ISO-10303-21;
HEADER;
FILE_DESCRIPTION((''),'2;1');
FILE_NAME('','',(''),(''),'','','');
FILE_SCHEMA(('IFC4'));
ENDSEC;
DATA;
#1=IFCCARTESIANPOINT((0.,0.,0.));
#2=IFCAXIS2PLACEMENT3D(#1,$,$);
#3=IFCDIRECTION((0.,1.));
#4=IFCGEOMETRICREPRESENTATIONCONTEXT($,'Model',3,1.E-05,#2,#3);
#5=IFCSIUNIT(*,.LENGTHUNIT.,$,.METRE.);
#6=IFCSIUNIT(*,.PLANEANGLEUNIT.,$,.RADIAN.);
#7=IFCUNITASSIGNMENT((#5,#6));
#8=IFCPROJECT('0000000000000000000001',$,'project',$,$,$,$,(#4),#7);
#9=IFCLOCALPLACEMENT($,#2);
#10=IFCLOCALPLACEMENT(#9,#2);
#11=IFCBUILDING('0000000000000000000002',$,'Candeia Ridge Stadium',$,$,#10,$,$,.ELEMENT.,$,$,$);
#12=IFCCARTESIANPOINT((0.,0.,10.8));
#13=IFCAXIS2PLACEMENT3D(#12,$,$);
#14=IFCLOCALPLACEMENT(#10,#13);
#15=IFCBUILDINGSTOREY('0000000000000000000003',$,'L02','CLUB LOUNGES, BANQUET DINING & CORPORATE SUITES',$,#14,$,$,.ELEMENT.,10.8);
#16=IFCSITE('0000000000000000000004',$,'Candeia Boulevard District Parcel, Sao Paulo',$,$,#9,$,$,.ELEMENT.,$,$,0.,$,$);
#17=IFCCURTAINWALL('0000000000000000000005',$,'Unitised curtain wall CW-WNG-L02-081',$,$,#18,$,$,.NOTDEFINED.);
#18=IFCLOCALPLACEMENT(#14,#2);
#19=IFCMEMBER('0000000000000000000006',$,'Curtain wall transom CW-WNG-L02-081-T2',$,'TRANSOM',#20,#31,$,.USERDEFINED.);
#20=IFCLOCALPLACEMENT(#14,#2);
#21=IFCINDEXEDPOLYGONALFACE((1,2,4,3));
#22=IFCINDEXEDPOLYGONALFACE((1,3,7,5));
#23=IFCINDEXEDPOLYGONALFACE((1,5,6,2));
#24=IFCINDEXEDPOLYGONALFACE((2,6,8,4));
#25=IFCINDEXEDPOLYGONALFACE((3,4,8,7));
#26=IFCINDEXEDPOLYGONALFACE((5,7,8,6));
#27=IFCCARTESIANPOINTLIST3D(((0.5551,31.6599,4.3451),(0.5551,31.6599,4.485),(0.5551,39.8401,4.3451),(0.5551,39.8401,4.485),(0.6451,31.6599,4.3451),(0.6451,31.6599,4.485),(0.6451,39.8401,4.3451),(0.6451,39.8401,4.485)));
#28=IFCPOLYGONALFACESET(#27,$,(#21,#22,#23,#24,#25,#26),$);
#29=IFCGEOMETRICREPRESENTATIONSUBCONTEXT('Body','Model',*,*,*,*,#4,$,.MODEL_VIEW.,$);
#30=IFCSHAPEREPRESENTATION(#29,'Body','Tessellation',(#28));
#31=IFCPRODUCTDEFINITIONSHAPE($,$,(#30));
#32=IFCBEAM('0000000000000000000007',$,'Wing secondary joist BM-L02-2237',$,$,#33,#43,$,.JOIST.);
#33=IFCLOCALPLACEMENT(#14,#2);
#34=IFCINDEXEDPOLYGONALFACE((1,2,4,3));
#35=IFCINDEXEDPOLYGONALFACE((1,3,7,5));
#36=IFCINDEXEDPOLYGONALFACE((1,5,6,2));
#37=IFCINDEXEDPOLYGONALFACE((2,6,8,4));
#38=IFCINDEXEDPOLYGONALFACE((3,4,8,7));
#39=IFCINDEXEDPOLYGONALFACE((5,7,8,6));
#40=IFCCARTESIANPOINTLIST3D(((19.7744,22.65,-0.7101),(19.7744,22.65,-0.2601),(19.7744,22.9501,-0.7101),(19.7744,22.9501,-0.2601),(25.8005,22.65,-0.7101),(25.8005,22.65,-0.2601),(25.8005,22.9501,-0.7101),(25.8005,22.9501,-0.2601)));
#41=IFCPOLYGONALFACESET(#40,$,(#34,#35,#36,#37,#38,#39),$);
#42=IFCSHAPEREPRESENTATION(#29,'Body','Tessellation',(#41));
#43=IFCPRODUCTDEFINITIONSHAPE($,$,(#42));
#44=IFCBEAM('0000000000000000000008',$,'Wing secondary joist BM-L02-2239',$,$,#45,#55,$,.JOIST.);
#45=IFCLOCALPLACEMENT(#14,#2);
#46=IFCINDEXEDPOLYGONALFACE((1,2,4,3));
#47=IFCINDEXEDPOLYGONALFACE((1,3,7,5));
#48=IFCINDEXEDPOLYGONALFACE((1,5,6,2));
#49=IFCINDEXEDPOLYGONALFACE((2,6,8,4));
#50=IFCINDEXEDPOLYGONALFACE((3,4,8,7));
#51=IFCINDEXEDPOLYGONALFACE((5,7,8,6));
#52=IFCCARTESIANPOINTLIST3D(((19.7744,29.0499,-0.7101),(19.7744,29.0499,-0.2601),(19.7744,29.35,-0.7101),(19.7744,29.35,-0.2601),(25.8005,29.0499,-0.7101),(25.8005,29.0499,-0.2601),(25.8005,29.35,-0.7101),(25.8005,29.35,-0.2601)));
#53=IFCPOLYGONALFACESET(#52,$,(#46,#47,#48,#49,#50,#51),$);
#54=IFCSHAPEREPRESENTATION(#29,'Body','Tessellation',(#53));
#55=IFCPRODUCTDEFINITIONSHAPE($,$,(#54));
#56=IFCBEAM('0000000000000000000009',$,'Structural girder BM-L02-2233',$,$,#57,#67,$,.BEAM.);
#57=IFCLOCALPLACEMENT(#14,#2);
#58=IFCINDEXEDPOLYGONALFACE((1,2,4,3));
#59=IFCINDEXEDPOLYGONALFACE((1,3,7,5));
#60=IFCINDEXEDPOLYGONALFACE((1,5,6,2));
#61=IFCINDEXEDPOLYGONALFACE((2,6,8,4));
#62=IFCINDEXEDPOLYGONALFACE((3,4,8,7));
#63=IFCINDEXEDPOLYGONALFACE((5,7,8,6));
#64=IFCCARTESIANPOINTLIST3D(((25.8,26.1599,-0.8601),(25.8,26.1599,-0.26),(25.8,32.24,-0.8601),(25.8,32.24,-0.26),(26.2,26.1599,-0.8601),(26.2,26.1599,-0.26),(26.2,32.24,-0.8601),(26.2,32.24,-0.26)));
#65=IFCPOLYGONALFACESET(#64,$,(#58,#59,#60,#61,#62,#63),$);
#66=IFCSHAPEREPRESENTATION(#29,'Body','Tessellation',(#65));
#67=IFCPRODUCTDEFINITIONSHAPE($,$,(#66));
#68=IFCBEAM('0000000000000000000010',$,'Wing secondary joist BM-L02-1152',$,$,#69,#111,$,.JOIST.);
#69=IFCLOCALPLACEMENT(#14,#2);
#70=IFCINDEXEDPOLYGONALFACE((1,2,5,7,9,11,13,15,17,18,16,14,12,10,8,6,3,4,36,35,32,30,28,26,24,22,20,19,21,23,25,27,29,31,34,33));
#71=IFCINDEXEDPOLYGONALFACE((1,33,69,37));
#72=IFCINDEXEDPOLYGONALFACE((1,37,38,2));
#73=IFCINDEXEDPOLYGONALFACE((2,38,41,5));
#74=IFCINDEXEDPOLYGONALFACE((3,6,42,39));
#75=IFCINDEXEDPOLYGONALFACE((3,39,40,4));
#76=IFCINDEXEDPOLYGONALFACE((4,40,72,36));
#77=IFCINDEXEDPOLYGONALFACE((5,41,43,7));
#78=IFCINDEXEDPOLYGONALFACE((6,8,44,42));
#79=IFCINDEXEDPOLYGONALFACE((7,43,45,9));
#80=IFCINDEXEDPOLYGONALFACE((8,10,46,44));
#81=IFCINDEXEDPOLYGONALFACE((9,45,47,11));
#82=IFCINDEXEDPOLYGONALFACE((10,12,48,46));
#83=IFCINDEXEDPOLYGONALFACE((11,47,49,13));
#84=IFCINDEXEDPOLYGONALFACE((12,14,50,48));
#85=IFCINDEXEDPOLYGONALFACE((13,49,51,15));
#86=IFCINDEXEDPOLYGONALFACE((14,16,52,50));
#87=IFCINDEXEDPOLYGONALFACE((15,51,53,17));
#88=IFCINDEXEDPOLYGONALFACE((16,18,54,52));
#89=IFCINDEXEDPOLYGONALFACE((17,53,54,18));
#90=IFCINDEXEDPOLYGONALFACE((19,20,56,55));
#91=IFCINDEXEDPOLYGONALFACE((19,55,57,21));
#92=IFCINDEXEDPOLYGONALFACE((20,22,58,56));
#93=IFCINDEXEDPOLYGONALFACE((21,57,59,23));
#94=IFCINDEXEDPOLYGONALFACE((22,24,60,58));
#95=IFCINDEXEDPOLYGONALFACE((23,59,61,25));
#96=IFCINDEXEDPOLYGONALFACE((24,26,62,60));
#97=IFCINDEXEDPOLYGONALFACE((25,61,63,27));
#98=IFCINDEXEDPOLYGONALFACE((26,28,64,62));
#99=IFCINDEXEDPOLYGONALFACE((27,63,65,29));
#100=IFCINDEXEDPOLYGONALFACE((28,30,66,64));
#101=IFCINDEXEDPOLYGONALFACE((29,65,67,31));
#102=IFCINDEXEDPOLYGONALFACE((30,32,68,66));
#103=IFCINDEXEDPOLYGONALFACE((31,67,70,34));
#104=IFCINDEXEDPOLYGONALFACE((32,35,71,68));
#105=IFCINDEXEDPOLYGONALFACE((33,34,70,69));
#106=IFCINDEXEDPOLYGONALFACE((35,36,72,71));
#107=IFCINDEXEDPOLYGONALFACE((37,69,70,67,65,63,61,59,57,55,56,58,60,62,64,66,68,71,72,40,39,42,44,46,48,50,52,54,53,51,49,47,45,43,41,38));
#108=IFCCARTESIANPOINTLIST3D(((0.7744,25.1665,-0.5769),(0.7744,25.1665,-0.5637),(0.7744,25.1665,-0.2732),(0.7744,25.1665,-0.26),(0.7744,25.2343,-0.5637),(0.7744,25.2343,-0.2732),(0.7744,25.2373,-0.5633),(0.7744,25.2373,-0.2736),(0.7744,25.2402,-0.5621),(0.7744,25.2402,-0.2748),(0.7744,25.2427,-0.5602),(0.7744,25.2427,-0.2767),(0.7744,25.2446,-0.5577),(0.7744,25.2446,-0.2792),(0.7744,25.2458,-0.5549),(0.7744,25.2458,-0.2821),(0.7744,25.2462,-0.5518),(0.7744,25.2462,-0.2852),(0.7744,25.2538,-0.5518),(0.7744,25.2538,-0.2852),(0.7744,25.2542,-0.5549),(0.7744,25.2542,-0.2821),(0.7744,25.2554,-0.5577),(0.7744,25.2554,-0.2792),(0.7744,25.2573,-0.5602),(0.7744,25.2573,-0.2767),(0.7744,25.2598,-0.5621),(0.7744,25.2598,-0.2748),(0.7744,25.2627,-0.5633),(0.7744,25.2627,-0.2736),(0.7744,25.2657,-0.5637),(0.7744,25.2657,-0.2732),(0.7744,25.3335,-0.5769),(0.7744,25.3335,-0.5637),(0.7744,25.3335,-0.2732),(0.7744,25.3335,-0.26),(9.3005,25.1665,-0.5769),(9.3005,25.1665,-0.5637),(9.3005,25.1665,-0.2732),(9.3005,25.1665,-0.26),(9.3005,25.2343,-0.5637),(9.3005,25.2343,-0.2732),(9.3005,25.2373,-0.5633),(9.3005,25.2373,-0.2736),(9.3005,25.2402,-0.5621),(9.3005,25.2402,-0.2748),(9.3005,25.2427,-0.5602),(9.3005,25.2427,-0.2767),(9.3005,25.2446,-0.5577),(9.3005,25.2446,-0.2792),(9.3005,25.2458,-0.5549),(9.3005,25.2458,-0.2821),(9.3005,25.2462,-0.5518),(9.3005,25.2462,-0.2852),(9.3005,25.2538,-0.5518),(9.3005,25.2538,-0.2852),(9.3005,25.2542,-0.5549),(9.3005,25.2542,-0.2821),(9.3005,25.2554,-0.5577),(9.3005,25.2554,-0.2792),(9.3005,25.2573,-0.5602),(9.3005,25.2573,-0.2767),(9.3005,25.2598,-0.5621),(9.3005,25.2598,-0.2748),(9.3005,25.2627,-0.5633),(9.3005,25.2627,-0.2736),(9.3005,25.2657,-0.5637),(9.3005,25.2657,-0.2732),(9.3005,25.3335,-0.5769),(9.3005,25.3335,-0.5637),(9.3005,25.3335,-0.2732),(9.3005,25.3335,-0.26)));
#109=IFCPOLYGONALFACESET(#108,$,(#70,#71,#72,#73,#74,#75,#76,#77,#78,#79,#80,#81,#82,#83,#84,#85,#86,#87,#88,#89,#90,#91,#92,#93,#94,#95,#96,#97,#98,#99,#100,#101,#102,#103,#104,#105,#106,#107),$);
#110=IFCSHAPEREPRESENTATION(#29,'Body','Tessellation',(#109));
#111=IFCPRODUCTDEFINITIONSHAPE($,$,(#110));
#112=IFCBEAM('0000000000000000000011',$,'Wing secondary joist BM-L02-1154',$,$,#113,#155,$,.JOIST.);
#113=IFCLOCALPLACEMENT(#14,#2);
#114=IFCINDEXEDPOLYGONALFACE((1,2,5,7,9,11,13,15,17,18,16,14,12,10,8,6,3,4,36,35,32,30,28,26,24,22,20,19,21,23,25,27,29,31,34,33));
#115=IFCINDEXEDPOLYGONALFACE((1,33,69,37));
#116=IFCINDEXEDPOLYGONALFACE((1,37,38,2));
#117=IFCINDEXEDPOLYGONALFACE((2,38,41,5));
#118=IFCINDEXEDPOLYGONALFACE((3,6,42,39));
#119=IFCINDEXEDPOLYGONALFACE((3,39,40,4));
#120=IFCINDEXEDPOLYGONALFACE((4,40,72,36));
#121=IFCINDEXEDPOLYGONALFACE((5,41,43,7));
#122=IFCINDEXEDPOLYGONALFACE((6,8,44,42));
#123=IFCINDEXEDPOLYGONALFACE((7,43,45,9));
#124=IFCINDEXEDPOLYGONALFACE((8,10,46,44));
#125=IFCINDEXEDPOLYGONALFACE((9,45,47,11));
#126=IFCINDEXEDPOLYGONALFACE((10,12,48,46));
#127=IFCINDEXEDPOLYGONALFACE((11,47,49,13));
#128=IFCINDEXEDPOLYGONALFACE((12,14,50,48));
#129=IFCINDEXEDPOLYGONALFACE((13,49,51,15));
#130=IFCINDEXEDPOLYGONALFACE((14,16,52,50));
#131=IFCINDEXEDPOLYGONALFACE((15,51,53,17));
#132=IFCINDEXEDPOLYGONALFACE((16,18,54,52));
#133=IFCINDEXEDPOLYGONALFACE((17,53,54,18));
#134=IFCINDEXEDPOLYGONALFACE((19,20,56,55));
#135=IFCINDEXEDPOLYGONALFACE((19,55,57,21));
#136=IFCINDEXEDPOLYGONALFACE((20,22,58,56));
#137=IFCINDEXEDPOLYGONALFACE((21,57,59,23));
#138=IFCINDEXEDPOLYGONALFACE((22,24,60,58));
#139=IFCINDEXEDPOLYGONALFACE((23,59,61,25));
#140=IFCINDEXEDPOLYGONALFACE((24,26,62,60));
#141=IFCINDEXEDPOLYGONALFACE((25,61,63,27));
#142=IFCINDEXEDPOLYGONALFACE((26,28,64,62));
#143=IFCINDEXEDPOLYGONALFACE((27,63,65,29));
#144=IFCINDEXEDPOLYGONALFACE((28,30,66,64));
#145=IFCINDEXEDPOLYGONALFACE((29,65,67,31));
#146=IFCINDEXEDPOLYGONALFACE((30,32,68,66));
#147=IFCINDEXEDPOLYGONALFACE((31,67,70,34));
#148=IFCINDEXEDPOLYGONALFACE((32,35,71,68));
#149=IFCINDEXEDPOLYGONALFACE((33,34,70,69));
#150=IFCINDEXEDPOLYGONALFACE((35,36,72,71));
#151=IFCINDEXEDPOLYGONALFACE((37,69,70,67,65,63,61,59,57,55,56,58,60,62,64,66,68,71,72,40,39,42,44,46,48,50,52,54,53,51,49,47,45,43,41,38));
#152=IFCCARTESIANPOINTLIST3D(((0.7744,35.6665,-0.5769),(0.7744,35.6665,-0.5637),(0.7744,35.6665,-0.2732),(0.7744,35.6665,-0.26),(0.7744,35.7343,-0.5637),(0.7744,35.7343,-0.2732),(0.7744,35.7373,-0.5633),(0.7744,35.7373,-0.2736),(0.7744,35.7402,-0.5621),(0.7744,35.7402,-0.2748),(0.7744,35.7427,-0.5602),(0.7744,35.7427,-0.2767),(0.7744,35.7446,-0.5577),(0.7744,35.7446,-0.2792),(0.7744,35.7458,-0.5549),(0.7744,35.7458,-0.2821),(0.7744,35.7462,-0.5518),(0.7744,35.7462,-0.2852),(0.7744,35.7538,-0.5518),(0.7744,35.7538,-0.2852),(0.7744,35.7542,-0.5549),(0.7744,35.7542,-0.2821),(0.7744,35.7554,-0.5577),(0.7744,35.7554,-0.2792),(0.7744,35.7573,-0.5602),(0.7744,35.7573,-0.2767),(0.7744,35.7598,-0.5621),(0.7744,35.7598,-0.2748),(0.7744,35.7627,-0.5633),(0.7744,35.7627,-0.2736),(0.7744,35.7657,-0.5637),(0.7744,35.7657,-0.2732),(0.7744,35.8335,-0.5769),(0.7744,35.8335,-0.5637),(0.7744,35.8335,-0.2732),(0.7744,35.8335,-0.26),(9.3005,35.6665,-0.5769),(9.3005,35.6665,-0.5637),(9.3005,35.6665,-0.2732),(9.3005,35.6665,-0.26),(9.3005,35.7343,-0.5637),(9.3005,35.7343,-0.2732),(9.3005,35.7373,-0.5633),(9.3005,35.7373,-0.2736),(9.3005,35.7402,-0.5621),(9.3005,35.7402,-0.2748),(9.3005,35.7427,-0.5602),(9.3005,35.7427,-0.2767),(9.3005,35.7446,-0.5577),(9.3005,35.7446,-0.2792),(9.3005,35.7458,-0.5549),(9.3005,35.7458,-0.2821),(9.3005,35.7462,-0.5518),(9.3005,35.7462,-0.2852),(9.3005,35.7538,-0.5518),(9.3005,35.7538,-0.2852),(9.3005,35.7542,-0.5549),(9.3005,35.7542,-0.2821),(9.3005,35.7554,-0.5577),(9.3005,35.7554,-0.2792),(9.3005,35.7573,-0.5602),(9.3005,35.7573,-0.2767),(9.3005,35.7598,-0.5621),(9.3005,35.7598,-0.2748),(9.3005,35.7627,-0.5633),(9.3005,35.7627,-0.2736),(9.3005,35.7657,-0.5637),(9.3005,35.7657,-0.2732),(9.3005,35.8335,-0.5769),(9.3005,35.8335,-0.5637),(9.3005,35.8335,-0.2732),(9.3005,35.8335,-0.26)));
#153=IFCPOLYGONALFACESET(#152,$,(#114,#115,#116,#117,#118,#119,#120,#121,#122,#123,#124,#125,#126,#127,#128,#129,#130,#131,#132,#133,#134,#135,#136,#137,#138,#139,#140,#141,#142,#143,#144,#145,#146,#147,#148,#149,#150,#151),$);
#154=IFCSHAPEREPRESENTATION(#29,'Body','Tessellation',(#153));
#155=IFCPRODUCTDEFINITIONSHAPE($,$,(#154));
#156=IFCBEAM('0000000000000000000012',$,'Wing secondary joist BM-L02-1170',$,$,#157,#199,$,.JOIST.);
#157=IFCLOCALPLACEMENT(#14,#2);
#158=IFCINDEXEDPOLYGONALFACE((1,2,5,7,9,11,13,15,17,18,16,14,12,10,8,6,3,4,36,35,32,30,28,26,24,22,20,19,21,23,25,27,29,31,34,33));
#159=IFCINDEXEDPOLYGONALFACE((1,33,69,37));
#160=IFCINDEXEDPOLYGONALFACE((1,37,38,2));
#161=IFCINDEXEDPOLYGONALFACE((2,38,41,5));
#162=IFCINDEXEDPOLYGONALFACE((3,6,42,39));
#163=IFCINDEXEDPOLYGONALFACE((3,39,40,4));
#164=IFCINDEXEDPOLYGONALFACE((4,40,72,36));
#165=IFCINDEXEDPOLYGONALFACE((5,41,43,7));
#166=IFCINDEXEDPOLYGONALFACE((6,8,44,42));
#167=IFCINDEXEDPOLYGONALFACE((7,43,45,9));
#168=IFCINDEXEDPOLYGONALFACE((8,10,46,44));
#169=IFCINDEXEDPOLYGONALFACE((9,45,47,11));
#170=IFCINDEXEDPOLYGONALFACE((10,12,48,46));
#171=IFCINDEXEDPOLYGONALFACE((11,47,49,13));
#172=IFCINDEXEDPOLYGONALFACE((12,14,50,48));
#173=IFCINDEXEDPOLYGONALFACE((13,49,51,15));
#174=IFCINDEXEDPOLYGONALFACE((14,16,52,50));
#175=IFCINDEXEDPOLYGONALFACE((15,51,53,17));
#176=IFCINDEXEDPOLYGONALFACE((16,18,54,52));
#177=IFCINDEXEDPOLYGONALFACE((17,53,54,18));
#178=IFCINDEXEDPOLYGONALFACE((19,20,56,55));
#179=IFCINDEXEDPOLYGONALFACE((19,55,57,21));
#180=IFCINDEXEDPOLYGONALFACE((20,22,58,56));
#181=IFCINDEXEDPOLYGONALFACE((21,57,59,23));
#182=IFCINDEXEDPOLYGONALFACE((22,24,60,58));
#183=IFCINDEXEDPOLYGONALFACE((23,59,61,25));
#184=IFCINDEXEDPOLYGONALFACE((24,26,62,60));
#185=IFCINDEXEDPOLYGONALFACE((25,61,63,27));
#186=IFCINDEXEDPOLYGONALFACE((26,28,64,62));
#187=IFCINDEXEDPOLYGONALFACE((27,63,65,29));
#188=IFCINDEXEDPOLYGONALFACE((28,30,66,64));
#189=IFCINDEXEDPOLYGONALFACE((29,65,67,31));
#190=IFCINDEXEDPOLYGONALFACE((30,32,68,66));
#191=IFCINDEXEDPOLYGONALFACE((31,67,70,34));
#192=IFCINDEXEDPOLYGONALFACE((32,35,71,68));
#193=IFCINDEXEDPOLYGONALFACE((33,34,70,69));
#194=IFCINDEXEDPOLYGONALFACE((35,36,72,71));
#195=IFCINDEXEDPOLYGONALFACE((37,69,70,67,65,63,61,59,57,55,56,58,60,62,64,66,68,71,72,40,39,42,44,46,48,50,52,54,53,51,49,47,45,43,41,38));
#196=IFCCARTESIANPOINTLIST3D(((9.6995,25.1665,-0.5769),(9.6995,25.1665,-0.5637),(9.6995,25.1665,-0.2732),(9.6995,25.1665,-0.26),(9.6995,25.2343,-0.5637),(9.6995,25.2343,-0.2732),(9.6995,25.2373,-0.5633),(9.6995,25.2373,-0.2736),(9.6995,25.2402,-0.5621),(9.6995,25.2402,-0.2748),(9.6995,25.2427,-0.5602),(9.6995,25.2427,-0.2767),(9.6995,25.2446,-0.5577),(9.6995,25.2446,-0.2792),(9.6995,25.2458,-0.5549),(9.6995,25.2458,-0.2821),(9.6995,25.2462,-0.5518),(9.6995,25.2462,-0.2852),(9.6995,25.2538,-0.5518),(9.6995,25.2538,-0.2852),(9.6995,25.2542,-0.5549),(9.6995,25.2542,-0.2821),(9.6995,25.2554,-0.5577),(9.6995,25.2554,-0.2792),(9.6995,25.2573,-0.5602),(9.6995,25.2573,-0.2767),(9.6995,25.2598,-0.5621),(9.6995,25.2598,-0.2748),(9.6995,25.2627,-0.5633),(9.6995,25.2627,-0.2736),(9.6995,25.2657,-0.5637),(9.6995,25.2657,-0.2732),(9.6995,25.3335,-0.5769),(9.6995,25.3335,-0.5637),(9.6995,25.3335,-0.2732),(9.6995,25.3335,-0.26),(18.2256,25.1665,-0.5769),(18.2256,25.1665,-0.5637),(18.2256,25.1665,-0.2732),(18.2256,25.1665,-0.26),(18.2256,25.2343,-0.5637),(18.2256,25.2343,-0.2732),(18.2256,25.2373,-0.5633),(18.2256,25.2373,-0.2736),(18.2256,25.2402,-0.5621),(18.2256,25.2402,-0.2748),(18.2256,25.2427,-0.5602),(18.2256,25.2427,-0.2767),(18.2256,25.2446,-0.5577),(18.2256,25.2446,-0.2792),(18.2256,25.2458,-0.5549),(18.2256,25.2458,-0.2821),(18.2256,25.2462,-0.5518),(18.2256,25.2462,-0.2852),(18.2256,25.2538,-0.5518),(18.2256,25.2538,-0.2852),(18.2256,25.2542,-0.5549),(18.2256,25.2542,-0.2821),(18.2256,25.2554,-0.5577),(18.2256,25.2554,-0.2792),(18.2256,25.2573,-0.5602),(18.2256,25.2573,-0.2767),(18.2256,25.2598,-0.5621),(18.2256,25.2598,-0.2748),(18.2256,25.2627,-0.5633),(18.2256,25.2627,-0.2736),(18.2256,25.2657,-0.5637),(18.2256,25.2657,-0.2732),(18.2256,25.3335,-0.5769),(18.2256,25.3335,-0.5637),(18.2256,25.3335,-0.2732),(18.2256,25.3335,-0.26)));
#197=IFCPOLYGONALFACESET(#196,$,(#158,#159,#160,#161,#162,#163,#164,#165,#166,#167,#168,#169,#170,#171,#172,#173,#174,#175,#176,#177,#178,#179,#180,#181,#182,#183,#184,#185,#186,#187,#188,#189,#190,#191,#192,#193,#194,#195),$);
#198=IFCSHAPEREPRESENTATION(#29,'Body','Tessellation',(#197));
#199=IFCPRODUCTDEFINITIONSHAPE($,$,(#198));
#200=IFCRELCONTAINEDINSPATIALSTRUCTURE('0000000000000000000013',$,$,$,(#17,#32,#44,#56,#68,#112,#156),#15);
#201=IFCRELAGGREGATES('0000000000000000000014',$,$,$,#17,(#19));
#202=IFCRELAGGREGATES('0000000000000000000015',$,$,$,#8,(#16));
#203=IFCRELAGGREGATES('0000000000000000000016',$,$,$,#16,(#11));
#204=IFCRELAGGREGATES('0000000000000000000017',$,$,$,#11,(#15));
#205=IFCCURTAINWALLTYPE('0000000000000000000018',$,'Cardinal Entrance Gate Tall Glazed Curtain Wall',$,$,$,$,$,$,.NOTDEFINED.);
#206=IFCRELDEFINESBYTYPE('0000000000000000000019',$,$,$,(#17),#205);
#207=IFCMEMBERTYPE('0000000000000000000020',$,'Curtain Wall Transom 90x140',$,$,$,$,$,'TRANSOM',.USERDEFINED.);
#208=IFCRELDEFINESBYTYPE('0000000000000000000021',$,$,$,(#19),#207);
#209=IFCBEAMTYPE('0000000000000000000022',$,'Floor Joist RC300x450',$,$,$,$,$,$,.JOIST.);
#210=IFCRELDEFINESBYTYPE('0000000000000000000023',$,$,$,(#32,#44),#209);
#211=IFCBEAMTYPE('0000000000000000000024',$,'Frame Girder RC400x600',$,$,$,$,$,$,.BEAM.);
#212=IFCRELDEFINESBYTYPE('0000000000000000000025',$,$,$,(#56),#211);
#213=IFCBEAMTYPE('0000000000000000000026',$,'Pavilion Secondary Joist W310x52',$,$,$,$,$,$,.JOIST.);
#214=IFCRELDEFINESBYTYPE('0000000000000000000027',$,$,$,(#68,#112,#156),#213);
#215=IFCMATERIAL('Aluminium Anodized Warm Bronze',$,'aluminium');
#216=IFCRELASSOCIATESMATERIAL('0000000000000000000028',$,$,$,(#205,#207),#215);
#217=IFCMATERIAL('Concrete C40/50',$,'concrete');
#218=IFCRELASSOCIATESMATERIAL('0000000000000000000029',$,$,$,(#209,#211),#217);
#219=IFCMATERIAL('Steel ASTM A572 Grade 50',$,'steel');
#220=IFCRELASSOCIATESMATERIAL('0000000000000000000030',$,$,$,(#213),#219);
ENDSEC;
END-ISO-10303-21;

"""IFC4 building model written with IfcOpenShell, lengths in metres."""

from ifc_helpers import new_model, si_unit, direction, frame, origin, origin_2d, place, context, subcontext, project, spatial, rectangle, i_section, extrude, material, material_profile, profile_set, type_object, element, aggregate, save


model = new_model("IFC4")

# Units and contexts
model_context = context("Model", 3, precision=1e-05, world=origin(), true_north=direction((0.0, 1.0)))
body_context = subcontext(model_context, "Body", "Model", "MODEL_VIEW")
ifc_project = project(units=[si_unit("LENGTHUNIT", "METRE"), si_unit("PLANEANGLEUNIT", "RADIAN")], contexts=[model_context])

# Site, building, storey
site_placement = place(None, origin())
site = spatial("IfcSite", under=ifc_project, at=site_placement, Name="Candeia Boulevard District Parcel, Sao Paulo", CompositionType="ELEMENT", RefElevation=0.0)
building_placement = place(site_placement, origin())
building = spatial("IfcBuilding", under=site, at=building_placement, Name="Candeia Ridge Stadium", CompositionType="ELEMENT")
storey_placement = place(building_placement, frame((0.0, 0.0, 10.8)))
storey = spatial("IfcBuildingStorey", under=building, at=storey_placement, Name="L02", Description="CLUB LOUNGES, BANQUET DINING & CORPORATE SUITES", CompositionType="ELEMENT", Elevation=10.8)

# Shared definitions
ifc_material_1 = material(Name="Concrete C40/50", Category="concrete")

# Curtain wall, member
ifc_material_2 = material(Name="Aluminium Anodized Warm Bronze", Category="aluminium")
curtain_wall_type = type_object("IfcCurtainWallType", Name="Cardinal Entrance Gate Tall Glazed Curtain Wall", PredefinedType="NOTDEFINED", material=ifc_material_2)
curtain_wall_placement = place(storey_placement, origin())
curtain_wall = element("IfcCurtainWall", 1, at=curtain_wall_placement, inside=storey, type_object=curtain_wall_type, Name="Unitised curtain wall CW-WNG-L02-081", PredefinedType="NOTDEFINED")
ifc_material_profile_1 = material_profile(ifc_material_2, rectangle(XDim=0.0901, YDim=0.1399, at=origin_2d()), Name="CWT-90x140", Category="aluminium")
ifc_profile_set_1 = profile_set([ifc_material_profile_1], Name="Aluminium Anodized Warm Bronze")
member_type_1 = type_object("IfcMemberType", Name="Curtain Wall Transom 90x140", ElementType="TRANSOM", PredefinedType="USERDEFINED", material=ifc_profile_set_1)
member_1_placement = place(storey_placement, frame((0.6001, 31.6599, 4.415), z_axis=(0.0, 1.0, 0.0), x_axis=(-1.0, 0.0, 0.0)))
member_1 = element("IfcMember", 2, at=member_1_placement, type_object=member_type_1, Name="Curtain wall transom CW-WNG-L02-081-T2", ObjectType="TRANSOM", PredefinedType="USERDEFINED", context=body_context, shape_type="SweptSolid", body=[
    extrude(rectangle(XDim=0.0901, YDim=0.1399, at=origin_2d()), origin(), (0.0, 0.0, 1.0), 8.1802),
])

# Beams
ifc_material_profile_2 = material_profile(ifc_material_1, rectangle(XDim=0.3, YDim=0.45, at=origin_2d()), Name="RC300x450", Category="concrete")
ifc_profile_set_2 = profile_set([ifc_material_profile_2], Name="Concrete C40/50")
beam_type_1 = type_object("IfcBeamType", Name="Floor Joist RC300x450", PredefinedType="JOIST", material=ifc_profile_set_2)
for number, where, z_axis, x_axis, name in (
    (3, (19.7744, 22.8, -0.4851), (1.0, 0.0, 0.0), (0.0, 1.0, 0.0), "Wing secondary joist BM-L02-2237"),
    (4, (19.7744, 29.2, -0.4851), (1.0, 0.0, 0.0), (0.0, 1.0, 0.0), "Wing secondary joist BM-L02-2239"),
):
    element("IfcBeam", number, at=place(storey_placement, frame(where, z_axis=z_axis, x_axis=x_axis)), inside=storey, type_object=beam_type_1, Name=name, PredefinedType="JOIST", context=body_context, shape_type="SweptSolid", body=[
        extrude(rectangle(XDim=0.3, YDim=0.45, at=origin_2d()), origin(), (0.0, 0.0, 1.0), 6.0261),
    ])
ifc_material_profile_3 = material_profile(ifc_material_1, rectangle(XDim=0.3999, YDim=0.6001, at=origin_2d()), Name="RC400x600", Category="concrete")
ifc_profile_set_3 = profile_set([ifc_material_profile_3], Name="Concrete C40/50")
beam_type_2 = type_object("IfcBeamType", Name="Frame Girder RC400x600", PredefinedType="BEAM", material=ifc_profile_set_3)
beam_1_placement = place(storey_placement, frame((26.0, 26.1599, -0.5601), z_axis=(0.0, 1.0, 0.0), x_axis=(-1.0, 0.0, 0.0)))
element("IfcBeam", 5, at=beam_1_placement, inside=storey, type_object=beam_type_2, Name="Structural girder BM-L02-2233", PredefinedType="BEAM", context=body_context, shape_type="SweptSolid", body=[
    extrude(rectangle(XDim=0.3999, YDim=0.6001, at=origin_2d()), origin(), (0.0, 0.0, 1.0), 6.0801),
])
ifc_material_3 = material(Name="Steel ASTM A572 Grade 50", Category="steel")
ifc_material_profile_4 = material_profile(ifc_material_3, i_section(OverallWidth=0.167, OverallDepth=0.3169, WebThickness=0.0076, FlangeThickness=0.0132, FilletRadius=0.012, at=origin_2d()), Name="W310x52", Category="steel")
ifc_profile_set_4 = profile_set([ifc_material_profile_4], Name="Steel ASTM A572 Grade 50")
beam_type_3 = type_object("IfcBeamType", Name="Pavilion Secondary Joist W310x52", PredefinedType="JOIST", material=ifc_profile_set_4)
for number, where, z_axis, x_axis, name in (
    (6, (0.7744, 25.25, -0.4185), (1.0, 0.0, 0.0), (0.0, 1.0, 0.0), "Wing secondary joist BM-L02-1152"),
    (7, (0.7744, 35.75, -0.4185), (1.0, 0.0, 0.0), (0.0, 1.0, 0.0), "Wing secondary joist BM-L02-1154"),
    (8, (9.6995, 25.25, -0.4185), (1.0, 0.0, 0.0), (0.0, 1.0, 0.0), "Wing secondary joist BM-L02-1170"),
):
    element("IfcBeam", number, at=place(storey_placement, frame(where, z_axis=z_axis, x_axis=x_axis)), inside=storey, type_object=beam_type_3, Name=name, PredefinedType="JOIST", context=body_context, shape_type="SweptSolid", body=[
        extrude(i_section(OverallWidth=0.167, OverallDepth=0.3169, WebThickness=0.0076, FlangeThickness=0.0132, FilletRadius=0.012, at=origin_2d()), origin(), (0.0, 0.0, 1.0), 8.5261),
    ])

aggregate(curtain_wall, [member_1])

save(model, "model.ifc")
